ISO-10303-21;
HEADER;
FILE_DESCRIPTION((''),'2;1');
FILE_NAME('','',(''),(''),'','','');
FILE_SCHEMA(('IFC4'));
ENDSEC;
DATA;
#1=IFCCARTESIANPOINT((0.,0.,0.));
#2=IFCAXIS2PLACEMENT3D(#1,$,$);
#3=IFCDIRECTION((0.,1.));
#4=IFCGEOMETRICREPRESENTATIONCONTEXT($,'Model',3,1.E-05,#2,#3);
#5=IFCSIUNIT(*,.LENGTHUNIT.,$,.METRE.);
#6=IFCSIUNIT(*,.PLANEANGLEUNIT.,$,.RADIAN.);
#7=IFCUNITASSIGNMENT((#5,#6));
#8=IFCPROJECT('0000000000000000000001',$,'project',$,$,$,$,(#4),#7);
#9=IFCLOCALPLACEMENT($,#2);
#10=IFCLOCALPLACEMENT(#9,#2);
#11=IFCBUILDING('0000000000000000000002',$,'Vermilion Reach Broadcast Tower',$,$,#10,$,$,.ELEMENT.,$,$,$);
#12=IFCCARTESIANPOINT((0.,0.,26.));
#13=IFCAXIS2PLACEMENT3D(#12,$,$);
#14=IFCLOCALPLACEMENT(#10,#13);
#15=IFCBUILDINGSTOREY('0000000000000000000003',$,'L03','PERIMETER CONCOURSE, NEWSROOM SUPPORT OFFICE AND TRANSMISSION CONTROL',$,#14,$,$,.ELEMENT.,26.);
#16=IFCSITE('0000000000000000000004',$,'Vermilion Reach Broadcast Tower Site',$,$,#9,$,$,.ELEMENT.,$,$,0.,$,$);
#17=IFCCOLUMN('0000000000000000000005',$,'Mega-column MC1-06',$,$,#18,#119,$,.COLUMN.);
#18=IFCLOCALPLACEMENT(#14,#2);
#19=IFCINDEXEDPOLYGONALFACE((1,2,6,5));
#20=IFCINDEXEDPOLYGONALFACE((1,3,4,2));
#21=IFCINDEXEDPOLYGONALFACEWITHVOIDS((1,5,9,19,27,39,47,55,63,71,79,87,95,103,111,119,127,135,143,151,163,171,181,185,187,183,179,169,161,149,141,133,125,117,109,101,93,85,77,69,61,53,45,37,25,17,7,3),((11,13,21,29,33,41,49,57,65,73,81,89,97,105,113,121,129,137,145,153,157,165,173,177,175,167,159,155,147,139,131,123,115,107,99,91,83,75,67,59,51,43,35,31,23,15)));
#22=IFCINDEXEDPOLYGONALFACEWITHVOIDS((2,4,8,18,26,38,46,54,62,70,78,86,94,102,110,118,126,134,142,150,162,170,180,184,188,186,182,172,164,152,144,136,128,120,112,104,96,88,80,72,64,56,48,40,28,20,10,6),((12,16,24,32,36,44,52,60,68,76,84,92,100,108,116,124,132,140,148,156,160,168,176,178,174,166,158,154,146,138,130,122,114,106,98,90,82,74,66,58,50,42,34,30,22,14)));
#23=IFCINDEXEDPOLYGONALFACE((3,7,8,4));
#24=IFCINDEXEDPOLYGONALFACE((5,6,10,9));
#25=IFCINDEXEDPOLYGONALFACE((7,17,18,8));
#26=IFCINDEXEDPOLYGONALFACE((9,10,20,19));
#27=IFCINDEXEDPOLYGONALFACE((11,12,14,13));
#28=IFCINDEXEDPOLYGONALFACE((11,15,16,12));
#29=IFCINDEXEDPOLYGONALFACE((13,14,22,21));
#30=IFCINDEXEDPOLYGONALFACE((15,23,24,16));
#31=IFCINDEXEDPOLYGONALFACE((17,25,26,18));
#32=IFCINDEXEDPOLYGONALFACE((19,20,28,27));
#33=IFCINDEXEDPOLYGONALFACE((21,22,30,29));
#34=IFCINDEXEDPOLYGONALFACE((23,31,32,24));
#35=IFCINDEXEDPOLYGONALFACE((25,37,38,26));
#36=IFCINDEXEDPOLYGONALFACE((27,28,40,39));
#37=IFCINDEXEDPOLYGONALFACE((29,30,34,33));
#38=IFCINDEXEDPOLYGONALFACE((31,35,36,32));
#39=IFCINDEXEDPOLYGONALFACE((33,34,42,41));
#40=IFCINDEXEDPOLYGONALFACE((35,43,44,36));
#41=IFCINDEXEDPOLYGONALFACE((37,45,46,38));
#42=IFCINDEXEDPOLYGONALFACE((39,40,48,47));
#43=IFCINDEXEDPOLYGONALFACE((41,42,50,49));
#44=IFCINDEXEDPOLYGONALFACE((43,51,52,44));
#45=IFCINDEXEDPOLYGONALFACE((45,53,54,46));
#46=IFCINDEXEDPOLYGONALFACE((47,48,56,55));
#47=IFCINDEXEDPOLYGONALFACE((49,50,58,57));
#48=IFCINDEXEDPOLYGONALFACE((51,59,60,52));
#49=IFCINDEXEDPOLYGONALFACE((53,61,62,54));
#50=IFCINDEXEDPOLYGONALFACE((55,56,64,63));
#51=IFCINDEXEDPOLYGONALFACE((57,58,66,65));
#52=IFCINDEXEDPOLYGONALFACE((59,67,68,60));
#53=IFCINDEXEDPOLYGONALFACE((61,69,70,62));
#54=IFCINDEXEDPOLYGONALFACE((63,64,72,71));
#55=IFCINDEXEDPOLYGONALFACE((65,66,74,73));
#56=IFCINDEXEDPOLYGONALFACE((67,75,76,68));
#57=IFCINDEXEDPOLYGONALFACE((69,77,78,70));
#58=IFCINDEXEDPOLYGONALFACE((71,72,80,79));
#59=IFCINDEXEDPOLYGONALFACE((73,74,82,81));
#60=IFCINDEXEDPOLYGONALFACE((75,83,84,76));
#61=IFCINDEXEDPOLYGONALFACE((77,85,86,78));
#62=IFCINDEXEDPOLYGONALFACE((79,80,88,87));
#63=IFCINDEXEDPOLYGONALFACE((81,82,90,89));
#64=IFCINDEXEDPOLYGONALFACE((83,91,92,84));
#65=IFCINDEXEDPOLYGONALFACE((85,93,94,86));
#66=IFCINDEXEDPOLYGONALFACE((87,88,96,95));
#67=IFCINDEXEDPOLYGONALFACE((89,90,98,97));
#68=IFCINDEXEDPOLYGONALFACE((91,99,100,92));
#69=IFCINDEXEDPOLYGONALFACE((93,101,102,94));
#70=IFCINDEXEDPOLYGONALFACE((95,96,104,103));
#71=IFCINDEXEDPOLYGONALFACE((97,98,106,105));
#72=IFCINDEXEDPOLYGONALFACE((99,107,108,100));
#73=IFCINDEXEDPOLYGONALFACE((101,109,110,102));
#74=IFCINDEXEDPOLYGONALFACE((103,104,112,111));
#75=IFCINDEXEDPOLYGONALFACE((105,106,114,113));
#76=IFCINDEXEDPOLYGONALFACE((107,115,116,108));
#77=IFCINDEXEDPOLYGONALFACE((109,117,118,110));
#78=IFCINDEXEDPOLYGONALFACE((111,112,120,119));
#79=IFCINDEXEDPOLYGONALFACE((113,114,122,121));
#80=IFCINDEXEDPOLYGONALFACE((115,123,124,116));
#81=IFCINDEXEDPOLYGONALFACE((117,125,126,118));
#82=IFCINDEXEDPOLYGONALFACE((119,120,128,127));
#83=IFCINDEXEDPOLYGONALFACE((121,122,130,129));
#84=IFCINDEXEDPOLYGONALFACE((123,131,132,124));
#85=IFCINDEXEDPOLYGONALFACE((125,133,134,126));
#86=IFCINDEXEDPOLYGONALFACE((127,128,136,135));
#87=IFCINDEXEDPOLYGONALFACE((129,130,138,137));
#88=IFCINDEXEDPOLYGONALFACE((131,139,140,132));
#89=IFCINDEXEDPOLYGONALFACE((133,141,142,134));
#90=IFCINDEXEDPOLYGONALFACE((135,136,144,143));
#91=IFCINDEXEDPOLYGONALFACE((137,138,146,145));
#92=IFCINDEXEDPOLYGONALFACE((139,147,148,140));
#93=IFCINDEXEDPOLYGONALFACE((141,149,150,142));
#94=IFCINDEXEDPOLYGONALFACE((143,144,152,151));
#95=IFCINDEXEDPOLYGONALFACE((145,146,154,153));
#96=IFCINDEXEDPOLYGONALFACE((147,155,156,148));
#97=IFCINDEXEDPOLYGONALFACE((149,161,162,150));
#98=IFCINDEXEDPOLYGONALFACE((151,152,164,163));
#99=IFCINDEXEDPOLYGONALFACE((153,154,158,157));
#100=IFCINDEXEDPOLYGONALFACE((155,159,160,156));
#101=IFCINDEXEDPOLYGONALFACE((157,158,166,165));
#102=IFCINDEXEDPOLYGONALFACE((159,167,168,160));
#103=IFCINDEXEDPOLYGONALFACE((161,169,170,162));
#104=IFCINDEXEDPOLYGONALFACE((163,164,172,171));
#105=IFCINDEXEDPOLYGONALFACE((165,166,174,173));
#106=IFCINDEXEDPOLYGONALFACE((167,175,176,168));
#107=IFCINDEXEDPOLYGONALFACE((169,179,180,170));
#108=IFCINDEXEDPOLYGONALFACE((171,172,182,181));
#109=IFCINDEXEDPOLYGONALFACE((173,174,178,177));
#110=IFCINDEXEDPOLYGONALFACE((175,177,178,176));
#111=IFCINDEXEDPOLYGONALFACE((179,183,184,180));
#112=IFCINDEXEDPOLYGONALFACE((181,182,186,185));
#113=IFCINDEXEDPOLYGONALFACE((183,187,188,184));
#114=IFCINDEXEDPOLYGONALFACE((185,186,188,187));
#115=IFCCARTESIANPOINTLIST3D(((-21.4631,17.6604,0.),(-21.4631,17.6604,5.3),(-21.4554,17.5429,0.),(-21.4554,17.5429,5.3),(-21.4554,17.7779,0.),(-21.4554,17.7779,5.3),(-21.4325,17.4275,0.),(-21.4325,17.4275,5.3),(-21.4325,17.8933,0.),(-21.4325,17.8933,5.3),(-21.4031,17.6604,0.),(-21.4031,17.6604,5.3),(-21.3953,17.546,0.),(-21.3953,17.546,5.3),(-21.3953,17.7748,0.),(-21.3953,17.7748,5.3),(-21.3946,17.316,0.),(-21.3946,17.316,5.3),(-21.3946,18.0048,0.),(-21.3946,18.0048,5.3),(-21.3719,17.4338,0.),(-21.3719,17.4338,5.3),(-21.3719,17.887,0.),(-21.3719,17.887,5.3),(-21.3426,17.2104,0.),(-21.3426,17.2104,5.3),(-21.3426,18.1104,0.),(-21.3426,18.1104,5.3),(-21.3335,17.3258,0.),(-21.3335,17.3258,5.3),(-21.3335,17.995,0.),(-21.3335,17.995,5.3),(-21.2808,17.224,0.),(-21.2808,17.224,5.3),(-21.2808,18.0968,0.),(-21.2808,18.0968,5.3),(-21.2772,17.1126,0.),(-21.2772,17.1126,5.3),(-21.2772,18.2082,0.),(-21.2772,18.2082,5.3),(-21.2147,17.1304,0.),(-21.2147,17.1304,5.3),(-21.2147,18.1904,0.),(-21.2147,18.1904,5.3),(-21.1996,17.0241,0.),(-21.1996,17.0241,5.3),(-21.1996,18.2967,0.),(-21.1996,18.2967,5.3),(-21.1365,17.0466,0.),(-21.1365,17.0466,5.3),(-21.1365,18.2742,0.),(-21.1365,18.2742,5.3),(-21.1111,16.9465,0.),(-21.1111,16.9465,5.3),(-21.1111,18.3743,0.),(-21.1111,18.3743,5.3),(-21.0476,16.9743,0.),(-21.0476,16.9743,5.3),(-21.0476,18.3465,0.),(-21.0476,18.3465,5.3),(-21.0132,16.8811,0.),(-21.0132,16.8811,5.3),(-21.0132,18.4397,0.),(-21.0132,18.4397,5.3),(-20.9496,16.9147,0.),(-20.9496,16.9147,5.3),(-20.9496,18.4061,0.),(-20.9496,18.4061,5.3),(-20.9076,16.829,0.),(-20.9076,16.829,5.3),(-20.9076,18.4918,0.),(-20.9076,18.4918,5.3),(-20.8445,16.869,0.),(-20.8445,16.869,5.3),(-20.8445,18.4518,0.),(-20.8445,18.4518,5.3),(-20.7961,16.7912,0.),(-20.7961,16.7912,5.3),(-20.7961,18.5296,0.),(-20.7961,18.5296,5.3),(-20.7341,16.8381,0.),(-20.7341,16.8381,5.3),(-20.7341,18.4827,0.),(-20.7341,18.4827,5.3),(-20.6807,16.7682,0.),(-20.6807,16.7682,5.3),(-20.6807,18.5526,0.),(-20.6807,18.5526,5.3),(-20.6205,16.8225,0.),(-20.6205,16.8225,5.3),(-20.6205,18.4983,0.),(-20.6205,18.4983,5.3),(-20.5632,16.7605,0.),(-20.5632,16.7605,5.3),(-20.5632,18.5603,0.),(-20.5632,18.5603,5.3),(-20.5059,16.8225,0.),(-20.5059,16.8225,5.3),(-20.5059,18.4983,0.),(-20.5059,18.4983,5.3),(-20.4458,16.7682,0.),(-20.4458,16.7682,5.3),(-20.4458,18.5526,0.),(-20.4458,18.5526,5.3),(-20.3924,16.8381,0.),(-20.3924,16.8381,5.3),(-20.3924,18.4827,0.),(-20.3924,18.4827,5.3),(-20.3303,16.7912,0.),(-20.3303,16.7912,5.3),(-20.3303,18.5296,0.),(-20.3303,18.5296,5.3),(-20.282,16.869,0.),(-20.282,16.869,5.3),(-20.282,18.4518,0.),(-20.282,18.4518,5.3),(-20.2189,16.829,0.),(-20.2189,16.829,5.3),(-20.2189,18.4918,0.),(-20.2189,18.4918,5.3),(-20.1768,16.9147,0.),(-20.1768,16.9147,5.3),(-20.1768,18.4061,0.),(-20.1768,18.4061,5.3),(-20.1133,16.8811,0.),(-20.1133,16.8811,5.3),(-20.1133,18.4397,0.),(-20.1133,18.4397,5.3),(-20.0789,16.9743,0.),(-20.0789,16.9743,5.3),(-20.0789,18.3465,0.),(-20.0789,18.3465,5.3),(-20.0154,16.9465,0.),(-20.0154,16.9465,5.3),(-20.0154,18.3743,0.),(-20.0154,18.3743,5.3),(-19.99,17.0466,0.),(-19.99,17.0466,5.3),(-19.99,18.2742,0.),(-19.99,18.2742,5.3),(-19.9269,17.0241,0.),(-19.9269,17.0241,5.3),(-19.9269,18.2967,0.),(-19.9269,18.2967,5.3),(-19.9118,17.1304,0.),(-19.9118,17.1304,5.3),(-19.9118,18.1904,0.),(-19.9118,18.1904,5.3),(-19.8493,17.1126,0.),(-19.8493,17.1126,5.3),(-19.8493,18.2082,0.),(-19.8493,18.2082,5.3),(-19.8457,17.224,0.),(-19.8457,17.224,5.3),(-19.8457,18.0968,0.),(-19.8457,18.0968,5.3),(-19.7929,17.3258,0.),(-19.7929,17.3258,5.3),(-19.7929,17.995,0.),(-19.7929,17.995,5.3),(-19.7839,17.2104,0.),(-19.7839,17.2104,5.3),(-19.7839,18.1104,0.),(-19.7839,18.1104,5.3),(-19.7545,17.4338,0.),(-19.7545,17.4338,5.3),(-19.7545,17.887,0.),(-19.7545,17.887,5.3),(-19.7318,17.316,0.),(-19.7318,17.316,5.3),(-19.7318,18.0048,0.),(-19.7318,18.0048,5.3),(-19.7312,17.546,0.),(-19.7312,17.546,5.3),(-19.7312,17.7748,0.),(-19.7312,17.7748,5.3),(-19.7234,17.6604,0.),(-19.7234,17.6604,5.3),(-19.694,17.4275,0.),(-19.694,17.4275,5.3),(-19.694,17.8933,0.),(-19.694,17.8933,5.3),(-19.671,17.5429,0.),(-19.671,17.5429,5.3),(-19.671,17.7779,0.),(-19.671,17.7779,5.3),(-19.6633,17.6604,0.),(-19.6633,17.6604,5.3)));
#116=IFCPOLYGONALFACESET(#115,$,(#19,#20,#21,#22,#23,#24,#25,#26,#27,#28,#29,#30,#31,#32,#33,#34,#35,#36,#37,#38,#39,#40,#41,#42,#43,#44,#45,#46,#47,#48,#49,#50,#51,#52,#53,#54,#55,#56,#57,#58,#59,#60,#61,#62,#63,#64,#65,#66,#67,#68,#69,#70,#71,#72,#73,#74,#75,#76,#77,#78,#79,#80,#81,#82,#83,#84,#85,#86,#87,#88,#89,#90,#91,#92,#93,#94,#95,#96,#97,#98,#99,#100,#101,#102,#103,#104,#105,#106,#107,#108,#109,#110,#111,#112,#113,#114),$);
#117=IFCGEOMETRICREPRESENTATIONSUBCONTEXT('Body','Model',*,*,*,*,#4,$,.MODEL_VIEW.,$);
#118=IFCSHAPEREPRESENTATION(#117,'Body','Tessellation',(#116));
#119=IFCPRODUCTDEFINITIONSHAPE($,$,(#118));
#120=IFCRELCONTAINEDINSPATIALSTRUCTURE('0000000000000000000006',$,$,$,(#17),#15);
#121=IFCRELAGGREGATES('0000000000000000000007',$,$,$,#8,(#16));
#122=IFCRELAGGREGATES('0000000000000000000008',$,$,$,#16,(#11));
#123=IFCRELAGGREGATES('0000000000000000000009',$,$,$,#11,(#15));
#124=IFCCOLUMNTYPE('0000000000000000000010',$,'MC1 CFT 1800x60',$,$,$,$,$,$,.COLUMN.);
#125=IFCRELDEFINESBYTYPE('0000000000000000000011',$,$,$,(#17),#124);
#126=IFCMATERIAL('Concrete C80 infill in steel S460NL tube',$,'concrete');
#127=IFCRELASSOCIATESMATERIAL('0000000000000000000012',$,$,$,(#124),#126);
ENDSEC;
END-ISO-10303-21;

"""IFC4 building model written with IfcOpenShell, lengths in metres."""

from ifc_helpers import new_model, si_unit, direction, frame, origin, origin_2d, place, context, subcontext, project, spatial, hollow_circle, extrude, material, material_profile, profile_set, type_object, element, save


model = new_model("IFC4")

# Units and contexts
model_context = context("Model", 3, precision=1e-05, world=origin(), true_north=direction((0.0, 1.0)))
body_context = subcontext(model_context, "Body", "Model", "MODEL_VIEW")
ifc_project = project(units=[si_unit("LENGTHUNIT", "METRE"), si_unit("PLANEANGLEUNIT", "RADIAN")], contexts=[model_context])

# Site, building, storey
site_placement = place(None, origin())
site = spatial("IfcSite", under=ifc_project, at=site_placement, Name="Vermilion Reach Broadcast Tower Site", CompositionType="ELEMENT", RefElevation=0.0)
building_placement = place(site_placement, origin())
building = spatial("IfcBuilding", under=site, at=building_placement, Name="Vermilion Reach Broadcast Tower", CompositionType="ELEMENT")
storey_placement = place(building_placement, frame((0.0, 0.0, 26.0)))
storey = spatial("IfcBuildingStorey", under=building, at=storey_placement, Name="L03", Description="PERIMETER CONCOURSE, NEWSROOM SUPPORT OFFICE AND TRANSMISSION CONTROL", CompositionType="ELEMENT", Elevation=26.0)

# Column
ifc_material_1 = material(Name="Concrete C80 infill in steel S460NL tube", Category="concrete")
ifc_material_profile_1 = material_profile(ifc_material_1, hollow_circle(Radius=0.8999, WallThickness=0.0601, at=origin_2d()), Name="Concrete C80 infill in steel S460NL tube CFT 1800x60")
ifc_profile_set_1 = profile_set([ifc_material_profile_1], Name="Concrete C80 infill in steel S460NL tube")
column_type = type_object("IfcColumnType", Name="MC1 CFT 1800x60", PredefinedType="COLUMN", material=ifc_profile_set_1)
for number, where, z_axis, x_axis, name in (
    (1, (-20.5632, 17.6604, 0.0), (0.0, 0.0, 1.0), (1.0, 0.0, 0.0), "Mega-column MC1-06"),
):
    element("IfcColumn", number, at=place(storey_placement, frame(where, z_axis=z_axis, x_axis=x_axis)), inside=storey, type_object=column_type, Name=name, PredefinedType="COLUMN", context=body_context, shape_type="SweptSolid", body=[
        extrude(hollow_circle(Radius=0.8999, WallThickness=0.0601, at=origin_2d()), origin(), (0.0, 0.0, 1.0), 5.3),
    ])

save(model, "model.ifc")
